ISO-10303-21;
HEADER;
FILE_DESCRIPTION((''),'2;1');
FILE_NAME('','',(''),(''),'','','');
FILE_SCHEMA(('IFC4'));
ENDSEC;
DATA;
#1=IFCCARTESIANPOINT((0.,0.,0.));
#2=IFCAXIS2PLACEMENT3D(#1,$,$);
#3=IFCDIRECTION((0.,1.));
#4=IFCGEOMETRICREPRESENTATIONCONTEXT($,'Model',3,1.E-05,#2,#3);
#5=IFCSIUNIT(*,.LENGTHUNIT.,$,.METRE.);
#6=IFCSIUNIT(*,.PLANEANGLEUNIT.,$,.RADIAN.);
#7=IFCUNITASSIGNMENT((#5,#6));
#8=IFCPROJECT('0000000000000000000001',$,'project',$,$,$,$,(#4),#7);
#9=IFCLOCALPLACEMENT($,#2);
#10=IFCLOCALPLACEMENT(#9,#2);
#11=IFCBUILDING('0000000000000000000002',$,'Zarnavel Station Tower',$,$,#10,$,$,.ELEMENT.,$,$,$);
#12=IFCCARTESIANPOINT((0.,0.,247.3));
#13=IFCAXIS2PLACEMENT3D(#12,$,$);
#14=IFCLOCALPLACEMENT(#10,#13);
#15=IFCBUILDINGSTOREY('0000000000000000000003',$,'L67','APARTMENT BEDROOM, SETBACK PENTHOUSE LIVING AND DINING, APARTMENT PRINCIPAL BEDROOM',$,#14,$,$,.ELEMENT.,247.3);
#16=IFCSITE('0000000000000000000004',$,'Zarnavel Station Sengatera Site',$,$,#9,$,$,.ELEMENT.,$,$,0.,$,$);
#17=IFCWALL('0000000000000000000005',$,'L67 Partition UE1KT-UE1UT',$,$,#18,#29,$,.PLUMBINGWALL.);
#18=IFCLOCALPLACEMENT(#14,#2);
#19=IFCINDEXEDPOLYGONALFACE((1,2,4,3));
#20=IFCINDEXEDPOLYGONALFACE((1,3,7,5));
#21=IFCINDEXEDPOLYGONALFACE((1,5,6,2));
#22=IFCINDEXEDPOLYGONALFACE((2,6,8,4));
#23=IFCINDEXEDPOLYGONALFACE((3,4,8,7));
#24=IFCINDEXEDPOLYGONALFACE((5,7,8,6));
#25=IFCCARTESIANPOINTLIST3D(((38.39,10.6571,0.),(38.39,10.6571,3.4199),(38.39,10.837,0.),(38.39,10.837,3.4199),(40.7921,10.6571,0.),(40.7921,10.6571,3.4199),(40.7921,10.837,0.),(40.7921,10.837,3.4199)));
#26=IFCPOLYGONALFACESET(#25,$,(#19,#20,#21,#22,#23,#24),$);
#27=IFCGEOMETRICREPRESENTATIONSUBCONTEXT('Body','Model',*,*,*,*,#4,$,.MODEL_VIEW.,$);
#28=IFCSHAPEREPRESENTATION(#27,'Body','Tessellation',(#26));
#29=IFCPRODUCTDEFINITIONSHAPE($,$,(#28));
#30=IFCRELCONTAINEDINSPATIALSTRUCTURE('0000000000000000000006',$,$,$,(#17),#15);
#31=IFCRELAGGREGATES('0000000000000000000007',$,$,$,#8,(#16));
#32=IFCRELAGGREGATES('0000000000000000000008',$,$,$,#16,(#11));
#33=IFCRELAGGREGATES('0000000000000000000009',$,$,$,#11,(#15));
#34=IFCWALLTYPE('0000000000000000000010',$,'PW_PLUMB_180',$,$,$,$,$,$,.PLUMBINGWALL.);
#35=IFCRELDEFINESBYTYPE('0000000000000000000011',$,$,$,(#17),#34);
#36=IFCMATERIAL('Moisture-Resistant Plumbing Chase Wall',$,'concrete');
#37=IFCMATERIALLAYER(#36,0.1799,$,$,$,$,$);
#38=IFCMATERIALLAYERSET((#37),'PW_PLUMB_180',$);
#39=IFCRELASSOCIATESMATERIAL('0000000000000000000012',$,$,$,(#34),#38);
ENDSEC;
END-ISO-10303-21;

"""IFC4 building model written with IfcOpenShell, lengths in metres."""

from ifc_helpers import new_model, si_unit, direction, frame, frame_2d, origin, place, context, subcontext, project, spatial, rectangle, extrude, material, layer, layer_set, type_object, element, save


model = new_model("IFC4")

# Units and contexts
model_context = context("Model", 3, precision=1e-05, world=origin(), true_north=direction((0.0, 1.0)))
body_context = subcontext(model_context, "Body", "Model", "MODEL_VIEW")
ifc_project = project(units=[si_unit("LENGTHUNIT", "METRE"), si_unit("PLANEANGLEUNIT", "RADIAN")], contexts=[model_context])

# Site, building, storey
site_placement = place(None, origin())
site = spatial("IfcSite", under=ifc_project, at=site_placement, Name="Zarnavel Station Sengatera Site", CompositionType="ELEMENT", RefElevation=0.0)
building_placement = place(site_placement, origin())
building = spatial("IfcBuilding", under=site, at=building_placement, Name="Zarnavel Station Tower", CompositionType="ELEMENT")
storey_placement = place(building_placement, frame((0.0, 0.0, 247.3)))
storey = spatial("IfcBuildingStorey", under=building, at=storey_placement, Name="L67", Description="APARTMENT BEDROOM, SETBACK PENTHOUSE LIVING AND DINING, APARTMENT PRINCIPAL BEDROOM", CompositionType="ELEMENT", Elevation=247.3)

# Wall
ifc_material_1 = material(Name="Moisture-Resistant Plumbing Chase Wall", Category="concrete")
ifc_layer_1 = layer(ifc_material_1, 0.1799)
ifc_layer_set_1 = layer_set([ifc_layer_1], Name="PW_PLUMB_180")
wall_type_1 = type_object("IfcWallType", Name="PW_PLUMB_180", PredefinedType="PLUMBINGWALL", material=ifc_layer_set_1)
wall_1_placement = place(storey_placement, frame((38.3899, 10.7471, 0.0), z_axis=(0.0, 0.0, 1.0), x_axis=(1.0, 0.0, 0.0)))
element("IfcWall", 1, at=wall_1_placement, inside=storey, type_object=wall_type_1, Name="L67 Partition UE1KT-UE1UT", PredefinedType="PLUMBINGWALL", context=body_context, shape_type="SweptSolid", body=[
    extrude(rectangle(XDim=2.4021, YDim=0.1799, at=frame_2d((1.2012, 0.0))), origin(), (0.0, 0.0, 1.0), 3.4199),
])

save(model, "model.ifc")
